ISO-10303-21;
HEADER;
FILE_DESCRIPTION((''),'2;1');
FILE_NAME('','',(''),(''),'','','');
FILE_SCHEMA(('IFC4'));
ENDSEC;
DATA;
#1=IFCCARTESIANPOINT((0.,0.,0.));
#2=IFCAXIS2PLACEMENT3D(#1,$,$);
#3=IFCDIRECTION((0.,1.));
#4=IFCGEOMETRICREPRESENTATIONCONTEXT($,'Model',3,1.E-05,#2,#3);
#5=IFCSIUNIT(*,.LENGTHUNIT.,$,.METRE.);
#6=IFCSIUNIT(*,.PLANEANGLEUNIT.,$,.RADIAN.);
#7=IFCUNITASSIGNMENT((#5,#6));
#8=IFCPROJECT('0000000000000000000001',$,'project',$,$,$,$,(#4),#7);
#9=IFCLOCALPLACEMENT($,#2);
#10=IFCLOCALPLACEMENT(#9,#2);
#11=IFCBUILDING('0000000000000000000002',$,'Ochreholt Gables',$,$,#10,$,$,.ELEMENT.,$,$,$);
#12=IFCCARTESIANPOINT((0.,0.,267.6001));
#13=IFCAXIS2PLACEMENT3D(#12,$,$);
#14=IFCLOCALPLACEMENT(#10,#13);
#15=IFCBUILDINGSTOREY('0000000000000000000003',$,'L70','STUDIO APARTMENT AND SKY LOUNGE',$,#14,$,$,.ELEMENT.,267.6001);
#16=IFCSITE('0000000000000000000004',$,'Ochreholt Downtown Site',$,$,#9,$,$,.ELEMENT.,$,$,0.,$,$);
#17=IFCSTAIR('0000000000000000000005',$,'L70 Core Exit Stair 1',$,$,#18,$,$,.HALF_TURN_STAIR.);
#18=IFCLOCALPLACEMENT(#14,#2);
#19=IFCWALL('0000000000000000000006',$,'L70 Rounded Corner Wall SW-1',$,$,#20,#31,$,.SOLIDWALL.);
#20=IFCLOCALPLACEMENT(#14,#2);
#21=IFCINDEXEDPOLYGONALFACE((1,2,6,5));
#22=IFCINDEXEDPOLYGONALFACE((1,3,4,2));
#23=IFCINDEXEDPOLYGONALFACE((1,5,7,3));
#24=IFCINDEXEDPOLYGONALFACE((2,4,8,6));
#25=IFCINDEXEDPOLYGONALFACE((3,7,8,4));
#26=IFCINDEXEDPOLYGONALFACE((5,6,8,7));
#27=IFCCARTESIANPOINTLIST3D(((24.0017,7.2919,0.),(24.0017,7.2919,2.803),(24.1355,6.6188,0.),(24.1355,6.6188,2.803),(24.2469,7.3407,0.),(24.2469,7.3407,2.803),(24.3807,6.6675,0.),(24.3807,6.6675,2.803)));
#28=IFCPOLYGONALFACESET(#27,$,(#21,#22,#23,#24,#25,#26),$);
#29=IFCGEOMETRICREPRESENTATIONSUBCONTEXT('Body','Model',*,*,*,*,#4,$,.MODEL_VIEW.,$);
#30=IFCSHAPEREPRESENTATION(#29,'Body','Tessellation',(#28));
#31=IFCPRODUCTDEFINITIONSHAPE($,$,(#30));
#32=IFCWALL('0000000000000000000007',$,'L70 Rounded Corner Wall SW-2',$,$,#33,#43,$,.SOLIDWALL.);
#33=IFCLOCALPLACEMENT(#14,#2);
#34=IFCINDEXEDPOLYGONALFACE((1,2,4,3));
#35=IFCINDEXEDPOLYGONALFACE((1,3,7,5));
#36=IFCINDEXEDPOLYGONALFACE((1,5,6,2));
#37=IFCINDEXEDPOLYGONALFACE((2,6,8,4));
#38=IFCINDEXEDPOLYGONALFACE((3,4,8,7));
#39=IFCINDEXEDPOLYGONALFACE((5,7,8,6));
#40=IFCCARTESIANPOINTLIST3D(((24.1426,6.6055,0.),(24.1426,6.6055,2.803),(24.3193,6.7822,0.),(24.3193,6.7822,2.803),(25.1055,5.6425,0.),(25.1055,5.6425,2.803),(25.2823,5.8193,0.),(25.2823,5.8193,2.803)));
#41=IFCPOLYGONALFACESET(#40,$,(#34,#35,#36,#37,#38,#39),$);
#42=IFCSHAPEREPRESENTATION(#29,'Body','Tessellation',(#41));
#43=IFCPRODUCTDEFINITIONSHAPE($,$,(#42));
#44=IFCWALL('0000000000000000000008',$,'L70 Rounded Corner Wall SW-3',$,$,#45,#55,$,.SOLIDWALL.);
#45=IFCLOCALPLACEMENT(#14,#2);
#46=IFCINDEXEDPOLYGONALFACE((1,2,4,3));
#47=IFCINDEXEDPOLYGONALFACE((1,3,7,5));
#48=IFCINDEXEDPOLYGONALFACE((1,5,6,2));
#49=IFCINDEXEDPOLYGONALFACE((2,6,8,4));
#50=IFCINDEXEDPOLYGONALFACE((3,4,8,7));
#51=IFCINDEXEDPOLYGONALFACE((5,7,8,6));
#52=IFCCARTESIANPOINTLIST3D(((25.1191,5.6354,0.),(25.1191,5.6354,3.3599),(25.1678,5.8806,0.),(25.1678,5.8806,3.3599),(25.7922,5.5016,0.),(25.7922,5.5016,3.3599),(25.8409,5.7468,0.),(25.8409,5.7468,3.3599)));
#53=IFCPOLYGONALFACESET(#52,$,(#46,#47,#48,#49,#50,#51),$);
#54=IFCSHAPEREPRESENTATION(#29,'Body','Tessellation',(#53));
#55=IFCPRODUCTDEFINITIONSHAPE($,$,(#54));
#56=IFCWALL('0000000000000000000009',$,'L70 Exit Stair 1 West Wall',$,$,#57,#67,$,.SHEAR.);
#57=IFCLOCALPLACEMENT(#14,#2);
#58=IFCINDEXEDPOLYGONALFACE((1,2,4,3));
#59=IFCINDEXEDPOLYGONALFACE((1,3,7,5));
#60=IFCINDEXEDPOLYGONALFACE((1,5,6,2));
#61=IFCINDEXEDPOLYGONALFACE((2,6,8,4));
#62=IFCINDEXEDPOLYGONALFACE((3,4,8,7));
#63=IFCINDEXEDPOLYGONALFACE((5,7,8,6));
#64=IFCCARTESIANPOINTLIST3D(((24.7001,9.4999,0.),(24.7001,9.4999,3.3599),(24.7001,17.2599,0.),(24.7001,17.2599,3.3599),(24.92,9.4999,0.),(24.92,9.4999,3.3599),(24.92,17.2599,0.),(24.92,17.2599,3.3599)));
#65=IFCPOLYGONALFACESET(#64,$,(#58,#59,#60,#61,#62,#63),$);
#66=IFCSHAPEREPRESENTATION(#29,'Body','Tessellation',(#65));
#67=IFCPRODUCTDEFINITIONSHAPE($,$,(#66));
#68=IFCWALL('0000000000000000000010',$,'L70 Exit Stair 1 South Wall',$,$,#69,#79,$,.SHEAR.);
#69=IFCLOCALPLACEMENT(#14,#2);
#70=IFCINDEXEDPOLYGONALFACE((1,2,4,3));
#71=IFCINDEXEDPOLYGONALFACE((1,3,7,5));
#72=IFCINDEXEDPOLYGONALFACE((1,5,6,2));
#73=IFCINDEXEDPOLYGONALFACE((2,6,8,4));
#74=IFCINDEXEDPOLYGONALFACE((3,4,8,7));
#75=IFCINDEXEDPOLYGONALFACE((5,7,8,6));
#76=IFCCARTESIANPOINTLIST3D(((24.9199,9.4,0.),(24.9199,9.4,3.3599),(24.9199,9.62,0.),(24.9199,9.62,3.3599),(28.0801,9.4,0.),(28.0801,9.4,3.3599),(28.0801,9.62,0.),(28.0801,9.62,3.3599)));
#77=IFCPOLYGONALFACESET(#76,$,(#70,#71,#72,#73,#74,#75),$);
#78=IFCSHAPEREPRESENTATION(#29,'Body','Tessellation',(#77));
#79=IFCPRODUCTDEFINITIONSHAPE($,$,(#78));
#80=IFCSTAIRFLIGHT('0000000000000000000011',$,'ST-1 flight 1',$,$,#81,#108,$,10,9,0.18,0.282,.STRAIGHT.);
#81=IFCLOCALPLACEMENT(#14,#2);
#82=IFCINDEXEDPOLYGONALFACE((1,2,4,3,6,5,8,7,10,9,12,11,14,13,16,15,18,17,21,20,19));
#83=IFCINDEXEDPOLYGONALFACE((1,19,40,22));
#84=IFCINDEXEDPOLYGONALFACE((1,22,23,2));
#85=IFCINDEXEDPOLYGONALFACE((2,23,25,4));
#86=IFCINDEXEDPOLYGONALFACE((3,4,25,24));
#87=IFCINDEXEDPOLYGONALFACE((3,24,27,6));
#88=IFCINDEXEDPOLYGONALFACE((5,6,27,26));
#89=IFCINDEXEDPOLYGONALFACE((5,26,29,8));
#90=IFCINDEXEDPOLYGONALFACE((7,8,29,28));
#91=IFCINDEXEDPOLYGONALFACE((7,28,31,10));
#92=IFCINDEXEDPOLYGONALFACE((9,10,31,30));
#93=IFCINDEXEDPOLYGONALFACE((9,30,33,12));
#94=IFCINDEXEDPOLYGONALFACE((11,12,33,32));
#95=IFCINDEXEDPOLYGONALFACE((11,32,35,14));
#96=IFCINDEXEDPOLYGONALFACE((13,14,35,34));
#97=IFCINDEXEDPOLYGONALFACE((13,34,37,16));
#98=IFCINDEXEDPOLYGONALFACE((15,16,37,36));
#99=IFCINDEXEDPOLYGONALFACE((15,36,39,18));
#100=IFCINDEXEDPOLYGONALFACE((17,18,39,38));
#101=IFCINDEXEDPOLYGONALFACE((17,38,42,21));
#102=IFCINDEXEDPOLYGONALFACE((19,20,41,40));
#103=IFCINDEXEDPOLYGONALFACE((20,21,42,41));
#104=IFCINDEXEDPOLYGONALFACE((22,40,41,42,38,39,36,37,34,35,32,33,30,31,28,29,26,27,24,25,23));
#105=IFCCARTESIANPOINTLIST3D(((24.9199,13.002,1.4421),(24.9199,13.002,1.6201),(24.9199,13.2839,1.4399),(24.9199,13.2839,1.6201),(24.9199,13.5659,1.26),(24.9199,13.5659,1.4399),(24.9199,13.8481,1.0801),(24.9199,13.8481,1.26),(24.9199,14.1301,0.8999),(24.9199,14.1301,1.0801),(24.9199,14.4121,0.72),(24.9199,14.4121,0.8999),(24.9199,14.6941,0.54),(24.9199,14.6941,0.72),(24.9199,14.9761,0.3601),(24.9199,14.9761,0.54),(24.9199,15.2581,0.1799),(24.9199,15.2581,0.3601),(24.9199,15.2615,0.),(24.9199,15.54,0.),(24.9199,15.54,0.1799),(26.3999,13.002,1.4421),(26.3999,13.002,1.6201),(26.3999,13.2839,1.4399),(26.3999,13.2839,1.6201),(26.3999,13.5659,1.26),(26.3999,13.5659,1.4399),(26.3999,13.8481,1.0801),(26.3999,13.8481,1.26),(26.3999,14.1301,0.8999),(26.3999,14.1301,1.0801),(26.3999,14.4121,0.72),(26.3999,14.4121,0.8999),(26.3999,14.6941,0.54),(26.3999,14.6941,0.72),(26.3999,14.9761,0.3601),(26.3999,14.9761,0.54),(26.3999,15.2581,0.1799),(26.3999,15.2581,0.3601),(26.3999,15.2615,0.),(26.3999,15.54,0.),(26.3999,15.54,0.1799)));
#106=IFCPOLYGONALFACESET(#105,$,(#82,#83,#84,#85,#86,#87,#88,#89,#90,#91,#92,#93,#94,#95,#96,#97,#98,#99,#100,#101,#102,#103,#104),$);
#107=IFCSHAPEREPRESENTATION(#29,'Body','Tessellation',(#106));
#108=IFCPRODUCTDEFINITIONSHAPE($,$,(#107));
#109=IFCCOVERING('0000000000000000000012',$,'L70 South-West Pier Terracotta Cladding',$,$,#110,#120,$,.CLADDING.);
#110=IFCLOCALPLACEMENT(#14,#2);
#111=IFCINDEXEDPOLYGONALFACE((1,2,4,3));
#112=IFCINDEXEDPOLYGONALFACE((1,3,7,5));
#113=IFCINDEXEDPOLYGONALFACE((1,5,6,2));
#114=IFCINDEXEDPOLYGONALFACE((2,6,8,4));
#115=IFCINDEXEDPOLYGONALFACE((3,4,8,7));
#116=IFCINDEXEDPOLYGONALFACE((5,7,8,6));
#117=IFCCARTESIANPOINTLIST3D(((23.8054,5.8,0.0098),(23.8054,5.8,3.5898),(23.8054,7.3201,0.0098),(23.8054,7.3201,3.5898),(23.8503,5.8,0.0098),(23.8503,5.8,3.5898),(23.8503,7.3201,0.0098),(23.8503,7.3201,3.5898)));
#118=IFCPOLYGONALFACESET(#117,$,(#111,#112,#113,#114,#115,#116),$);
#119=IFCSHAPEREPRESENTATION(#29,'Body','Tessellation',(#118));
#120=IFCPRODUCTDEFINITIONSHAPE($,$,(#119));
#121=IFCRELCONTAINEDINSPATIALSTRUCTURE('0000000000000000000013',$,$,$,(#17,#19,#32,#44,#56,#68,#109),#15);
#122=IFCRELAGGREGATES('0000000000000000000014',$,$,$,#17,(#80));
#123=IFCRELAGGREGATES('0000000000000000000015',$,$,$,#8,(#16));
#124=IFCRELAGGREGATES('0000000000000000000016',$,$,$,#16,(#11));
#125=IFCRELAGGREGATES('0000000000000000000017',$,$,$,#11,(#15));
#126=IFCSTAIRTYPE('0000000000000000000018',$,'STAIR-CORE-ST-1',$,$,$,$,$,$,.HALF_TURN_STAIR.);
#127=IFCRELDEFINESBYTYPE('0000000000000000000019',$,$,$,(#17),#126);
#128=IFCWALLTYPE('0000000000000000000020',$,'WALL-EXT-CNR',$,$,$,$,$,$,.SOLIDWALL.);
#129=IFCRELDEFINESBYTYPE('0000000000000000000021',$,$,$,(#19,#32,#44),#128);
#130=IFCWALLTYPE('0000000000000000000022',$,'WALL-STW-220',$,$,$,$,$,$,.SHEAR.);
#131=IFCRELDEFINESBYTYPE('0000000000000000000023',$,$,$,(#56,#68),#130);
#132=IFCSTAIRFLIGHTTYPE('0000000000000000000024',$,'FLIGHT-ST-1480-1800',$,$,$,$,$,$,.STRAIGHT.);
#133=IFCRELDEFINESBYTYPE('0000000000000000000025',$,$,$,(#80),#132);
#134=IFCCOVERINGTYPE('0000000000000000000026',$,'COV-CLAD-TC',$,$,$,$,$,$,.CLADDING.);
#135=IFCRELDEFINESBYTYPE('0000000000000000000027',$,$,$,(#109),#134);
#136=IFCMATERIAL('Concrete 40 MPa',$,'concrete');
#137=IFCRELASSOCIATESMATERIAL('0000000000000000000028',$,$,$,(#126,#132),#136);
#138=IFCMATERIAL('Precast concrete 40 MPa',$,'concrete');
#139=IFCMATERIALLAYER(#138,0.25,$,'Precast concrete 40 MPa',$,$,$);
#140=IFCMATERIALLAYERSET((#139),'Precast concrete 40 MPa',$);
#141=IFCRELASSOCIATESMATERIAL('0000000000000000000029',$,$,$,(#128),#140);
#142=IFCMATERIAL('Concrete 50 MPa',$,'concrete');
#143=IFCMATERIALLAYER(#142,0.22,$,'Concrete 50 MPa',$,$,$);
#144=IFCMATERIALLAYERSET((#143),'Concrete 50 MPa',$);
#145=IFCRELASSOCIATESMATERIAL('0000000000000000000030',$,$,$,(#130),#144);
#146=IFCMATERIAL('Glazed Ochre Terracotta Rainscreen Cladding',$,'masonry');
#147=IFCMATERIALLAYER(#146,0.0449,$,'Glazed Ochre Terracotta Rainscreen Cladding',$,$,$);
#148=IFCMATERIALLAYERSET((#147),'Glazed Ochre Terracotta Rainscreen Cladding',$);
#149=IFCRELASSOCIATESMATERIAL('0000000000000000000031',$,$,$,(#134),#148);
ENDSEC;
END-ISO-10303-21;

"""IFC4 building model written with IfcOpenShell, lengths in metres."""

from ifc_helpers import new_model, si_unit, direction, frame, frame_2d, origin, origin_2d, place, context, subcontext, project, spatial, polyline, rectangle, outline, extrude, material, layer, layer_set, type_object, element, aggregate, save


model = new_model("IFC4")

# Units and contexts
model_context = context("Model", 3, precision=1e-05, world=origin(), true_north=direction((0.0, 1.0)))
body_context = subcontext(model_context, "Body", "Model", "MODEL_VIEW")
ifc_project = project(units=[si_unit("LENGTHUNIT", "METRE"), si_unit("PLANEANGLEUNIT", "RADIAN")], contexts=[model_context])

# Site, building, storey
site_placement = place(None, origin())
site = spatial("IfcSite", under=ifc_project, at=site_placement, Name="Ochreholt Downtown Site", CompositionType="ELEMENT", RefElevation=0.0)
building_placement = place(site_placement, origin())
building = spatial("IfcBuilding", under=site, at=building_placement, Name="Ochreholt Gables", CompositionType="ELEMENT")
storey_placement = place(building_placement, frame((0.0, 0.0, 267.6001)))
storey = spatial("IfcBuildingStorey", under=building, at=storey_placement, Name="L70", Description="STUDIO APARTMENT AND SKY LOUNGE", CompositionType="ELEMENT", Elevation=267.6001)

# Shared definitions
ifc_material_1 = material(Name="Concrete 50 MPa", Category="concrete")

# Stair
ifc_material_2 = material(Name="Concrete 40 MPa", Category="concrete")
stair_type_1 = type_object("IfcStairType", Name="STAIR-CORE-ST-1", PredefinedType="HALF_TURN_STAIR", material=ifc_material_2)
stair_1_placement = place(storey_placement, origin())
stair_1 = element("IfcStair", 1, at=stair_1_placement, inside=storey, type_object=stair_type_1, Name="L70 Core Exit Stair 1", PredefinedType="HALF_TURN_STAIR")

# Shared definitions
ifc_material_3 = material(Name="Precast concrete 40 MPa", Category="concrete")

# Walls
ifc_layer_1 = layer(ifc_material_3, 0.25, Name="Precast concrete 40 MPa")
ifc_layer_set_1 = layer_set([ifc_layer_1], Name="Precast concrete 40 MPa")
wall_type_1 = type_object("IfcWallType", Name="WALL-EXT-CNR", PredefinedType="SOLIDWALL", material=ifc_layer_set_1)
wall_1_placement = place(storey_placement, frame((24.1243, 7.3164, 0.0), z_axis=(0.0, 0.0, 1.0), x_axis=(0.194953, -0.980813, 0.0)))
element("IfcWall", 2, at=wall_1_placement, inside=storey, type_object=wall_type_1, Name="L70 Rounded Corner Wall SW-1", PredefinedType="SOLIDWALL", context=body_context, shape_type="SweptSolid", body=[
    extrude(rectangle(XDim=0.6863, YDim=0.25, at=frame_2d((0.3433, 0.0))), origin(), (0.0, 0.0, 1.0), 2.803),
])
wall_2_placement = place(storey_placement, frame((24.231, 6.6938, 0.0), z_axis=(0.0, 0.0, 1.0), x_axis=(0.707107, -0.707107, 0.0)))
element("IfcWall", 3, at=wall_2_placement, inside=storey, type_object=wall_type_1, Name="L70 Rounded Corner Wall SW-2", PredefinedType="SOLIDWALL", context=body_context, shape_type="SweptSolid", body=[
    extrude(rectangle(XDim=1.3618, YDim=0.25, at=frame_2d((0.6809, 0.0))), origin(), (0.0, 0.0, 1.0), 2.803),
])
wall_3_placement = place(storey_placement, frame((25.1433, 5.7581, 0.0), z_axis=(0.0, 0.0, 1.0), x_axis=(0.980813, -0.194953, 0.0)))
element("IfcWall", 4, at=wall_3_placement, inside=storey, type_object=wall_type_1, Name="L70 Rounded Corner Wall SW-3", PredefinedType="SOLIDWALL", context=body_context, shape_type="SweptSolid", body=[
    extrude(rectangle(XDim=0.6863, YDim=0.25, at=frame_2d((0.3433, 0.0))), origin(), (0.0, 0.0, 1.0), 3.3599),
])
ifc_layer_2 = layer(ifc_material_1, 0.22, Name="Concrete 50 MPa")
ifc_layer_set_2 = layer_set([ifc_layer_2], Name="Concrete 50 MPa")
wall_type_2 = type_object("IfcWallType", Name="WALL-STW-220", PredefinedType="SHEAR", material=ifc_layer_set_2)
wall_4_placement = place(storey_placement, frame((24.8101, 9.5, 0.0), z_axis=(0.0, 0.0, 1.0), x_axis=(0.0, 1.0, 0.0)))
element("IfcWall", 5, at=wall_4_placement, inside=storey, type_object=wall_type_2, Name="L70 Exit Stair 1 West Wall", PredefinedType="SHEAR", context=body_context, shape_type="SweptSolid", body=[
    extrude(rectangle(XDim=7.76, YDim=0.22, at=frame_2d((3.8799, 0.0))), origin(), (0.0, 0.0, 1.0), 3.3599),
])
wall_5_placement = place(storey_placement, frame((24.9199, 9.51, 0.0), z_axis=(0.0, 0.0, 1.0), x_axis=(1.0, 0.0, 0.0)))
element("IfcWall", 6, at=wall_5_placement, inside=storey, type_object=wall_type_2, Name="L70 Exit Stair 1 South Wall", PredefinedType="SHEAR", context=body_context, shape_type="SweptSolid", body=[
    extrude(rectangle(XDim=3.1602, YDim=0.22, at=frame_2d((1.5801, 0.0))), origin(), (0.0, 0.0, 1.0), 3.3599),
])

# Stair flight
stair_flight_type = type_object("IfcStairFlightType", Name="FLIGHT-ST-1480-1800", PredefinedType="STRAIGHT", material=ifc_material_2)
stair_flight_placement = place(storey_placement, frame((25.6599, 15.54, 0.0), z_axis=(0.0, 0.0, 1.0), x_axis=(0.0, -1.0, 0.0)))
stair_flight = element("IfcStairFlight", 7, at=stair_flight_placement, type_object=stair_flight_type, Name="ST-1 flight 1", NumberOfRisers=10, NumberOfTreads=9, PredefinedType="STRAIGHT", RiserHeight=0.18, TreadLength=0.282, context=body_context, shape_type="SweptSolid", body=[
    extrude(outline(polyline([(0.0, 0.0), (0.0, 0.1799), (0.282, 0.1799), (0.282, 0.3601), (0.564, 0.3601), (0.564, 0.54), (0.8459, 0.54), (0.8459, 0.72), (1.1279, 0.72), (1.1279, 0.8999), (1.4099, 0.8999), (1.4099, 1.0801), (1.6919, 1.0801), (1.6919, 1.26), (1.9741, 1.26), (1.9741, 1.4399), (2.2561, 1.4399), (2.2561, 1.6201), (2.5381, 1.6201), (2.5381, 1.8), (2.5381, 1.4421), (0.2786, 0.0), (0.0, 0.0)])), frame((0.0, 0.74, 0.0), z_axis=(0.0, -1.0, 0.0), x_axis=(1.0, 0.0, 0.0)), (0.0, 0.0, 1.0), 1.48),
])
aggregate(stair_1, [stair_flight])

# Covering
ifc_material_4 = material(Name="Glazed Ochre Terracotta Rainscreen Cladding", Category="masonry")
ifc_layer_3 = layer(ifc_material_4, 0.0449, Name="Glazed Ochre Terracotta Rainscreen Cladding")
ifc_layer_set_3 = layer_set([ifc_layer_3], Name="Glazed Ochre Terracotta Rainscreen Cladding")
covering_type = type_object("IfcCoveringType", Name="COV-CLAD-TC", PredefinedType="CLADDING", material=ifc_layer_set_3)
covering_placement = place(storey_placement, frame((23.8279, 6.5601, 0.0098), z_axis=(0.0, 0.0, 1.0), x_axis=(0.0, 1.0, 0.0)))
element("IfcCovering", 8, at=covering_placement, inside=storey, type_object=covering_type, Name="L70 South-West Pier Terracotta Cladding", PredefinedType="CLADDING", context=body_context, shape_type="SweptSolid", body=[
    extrude(rectangle(XDim=1.52, YDim=0.0449, at=origin_2d()), origin(), (0.0, 0.0, 1.0), 3.5801),
])

save(model, "model.ifc")
